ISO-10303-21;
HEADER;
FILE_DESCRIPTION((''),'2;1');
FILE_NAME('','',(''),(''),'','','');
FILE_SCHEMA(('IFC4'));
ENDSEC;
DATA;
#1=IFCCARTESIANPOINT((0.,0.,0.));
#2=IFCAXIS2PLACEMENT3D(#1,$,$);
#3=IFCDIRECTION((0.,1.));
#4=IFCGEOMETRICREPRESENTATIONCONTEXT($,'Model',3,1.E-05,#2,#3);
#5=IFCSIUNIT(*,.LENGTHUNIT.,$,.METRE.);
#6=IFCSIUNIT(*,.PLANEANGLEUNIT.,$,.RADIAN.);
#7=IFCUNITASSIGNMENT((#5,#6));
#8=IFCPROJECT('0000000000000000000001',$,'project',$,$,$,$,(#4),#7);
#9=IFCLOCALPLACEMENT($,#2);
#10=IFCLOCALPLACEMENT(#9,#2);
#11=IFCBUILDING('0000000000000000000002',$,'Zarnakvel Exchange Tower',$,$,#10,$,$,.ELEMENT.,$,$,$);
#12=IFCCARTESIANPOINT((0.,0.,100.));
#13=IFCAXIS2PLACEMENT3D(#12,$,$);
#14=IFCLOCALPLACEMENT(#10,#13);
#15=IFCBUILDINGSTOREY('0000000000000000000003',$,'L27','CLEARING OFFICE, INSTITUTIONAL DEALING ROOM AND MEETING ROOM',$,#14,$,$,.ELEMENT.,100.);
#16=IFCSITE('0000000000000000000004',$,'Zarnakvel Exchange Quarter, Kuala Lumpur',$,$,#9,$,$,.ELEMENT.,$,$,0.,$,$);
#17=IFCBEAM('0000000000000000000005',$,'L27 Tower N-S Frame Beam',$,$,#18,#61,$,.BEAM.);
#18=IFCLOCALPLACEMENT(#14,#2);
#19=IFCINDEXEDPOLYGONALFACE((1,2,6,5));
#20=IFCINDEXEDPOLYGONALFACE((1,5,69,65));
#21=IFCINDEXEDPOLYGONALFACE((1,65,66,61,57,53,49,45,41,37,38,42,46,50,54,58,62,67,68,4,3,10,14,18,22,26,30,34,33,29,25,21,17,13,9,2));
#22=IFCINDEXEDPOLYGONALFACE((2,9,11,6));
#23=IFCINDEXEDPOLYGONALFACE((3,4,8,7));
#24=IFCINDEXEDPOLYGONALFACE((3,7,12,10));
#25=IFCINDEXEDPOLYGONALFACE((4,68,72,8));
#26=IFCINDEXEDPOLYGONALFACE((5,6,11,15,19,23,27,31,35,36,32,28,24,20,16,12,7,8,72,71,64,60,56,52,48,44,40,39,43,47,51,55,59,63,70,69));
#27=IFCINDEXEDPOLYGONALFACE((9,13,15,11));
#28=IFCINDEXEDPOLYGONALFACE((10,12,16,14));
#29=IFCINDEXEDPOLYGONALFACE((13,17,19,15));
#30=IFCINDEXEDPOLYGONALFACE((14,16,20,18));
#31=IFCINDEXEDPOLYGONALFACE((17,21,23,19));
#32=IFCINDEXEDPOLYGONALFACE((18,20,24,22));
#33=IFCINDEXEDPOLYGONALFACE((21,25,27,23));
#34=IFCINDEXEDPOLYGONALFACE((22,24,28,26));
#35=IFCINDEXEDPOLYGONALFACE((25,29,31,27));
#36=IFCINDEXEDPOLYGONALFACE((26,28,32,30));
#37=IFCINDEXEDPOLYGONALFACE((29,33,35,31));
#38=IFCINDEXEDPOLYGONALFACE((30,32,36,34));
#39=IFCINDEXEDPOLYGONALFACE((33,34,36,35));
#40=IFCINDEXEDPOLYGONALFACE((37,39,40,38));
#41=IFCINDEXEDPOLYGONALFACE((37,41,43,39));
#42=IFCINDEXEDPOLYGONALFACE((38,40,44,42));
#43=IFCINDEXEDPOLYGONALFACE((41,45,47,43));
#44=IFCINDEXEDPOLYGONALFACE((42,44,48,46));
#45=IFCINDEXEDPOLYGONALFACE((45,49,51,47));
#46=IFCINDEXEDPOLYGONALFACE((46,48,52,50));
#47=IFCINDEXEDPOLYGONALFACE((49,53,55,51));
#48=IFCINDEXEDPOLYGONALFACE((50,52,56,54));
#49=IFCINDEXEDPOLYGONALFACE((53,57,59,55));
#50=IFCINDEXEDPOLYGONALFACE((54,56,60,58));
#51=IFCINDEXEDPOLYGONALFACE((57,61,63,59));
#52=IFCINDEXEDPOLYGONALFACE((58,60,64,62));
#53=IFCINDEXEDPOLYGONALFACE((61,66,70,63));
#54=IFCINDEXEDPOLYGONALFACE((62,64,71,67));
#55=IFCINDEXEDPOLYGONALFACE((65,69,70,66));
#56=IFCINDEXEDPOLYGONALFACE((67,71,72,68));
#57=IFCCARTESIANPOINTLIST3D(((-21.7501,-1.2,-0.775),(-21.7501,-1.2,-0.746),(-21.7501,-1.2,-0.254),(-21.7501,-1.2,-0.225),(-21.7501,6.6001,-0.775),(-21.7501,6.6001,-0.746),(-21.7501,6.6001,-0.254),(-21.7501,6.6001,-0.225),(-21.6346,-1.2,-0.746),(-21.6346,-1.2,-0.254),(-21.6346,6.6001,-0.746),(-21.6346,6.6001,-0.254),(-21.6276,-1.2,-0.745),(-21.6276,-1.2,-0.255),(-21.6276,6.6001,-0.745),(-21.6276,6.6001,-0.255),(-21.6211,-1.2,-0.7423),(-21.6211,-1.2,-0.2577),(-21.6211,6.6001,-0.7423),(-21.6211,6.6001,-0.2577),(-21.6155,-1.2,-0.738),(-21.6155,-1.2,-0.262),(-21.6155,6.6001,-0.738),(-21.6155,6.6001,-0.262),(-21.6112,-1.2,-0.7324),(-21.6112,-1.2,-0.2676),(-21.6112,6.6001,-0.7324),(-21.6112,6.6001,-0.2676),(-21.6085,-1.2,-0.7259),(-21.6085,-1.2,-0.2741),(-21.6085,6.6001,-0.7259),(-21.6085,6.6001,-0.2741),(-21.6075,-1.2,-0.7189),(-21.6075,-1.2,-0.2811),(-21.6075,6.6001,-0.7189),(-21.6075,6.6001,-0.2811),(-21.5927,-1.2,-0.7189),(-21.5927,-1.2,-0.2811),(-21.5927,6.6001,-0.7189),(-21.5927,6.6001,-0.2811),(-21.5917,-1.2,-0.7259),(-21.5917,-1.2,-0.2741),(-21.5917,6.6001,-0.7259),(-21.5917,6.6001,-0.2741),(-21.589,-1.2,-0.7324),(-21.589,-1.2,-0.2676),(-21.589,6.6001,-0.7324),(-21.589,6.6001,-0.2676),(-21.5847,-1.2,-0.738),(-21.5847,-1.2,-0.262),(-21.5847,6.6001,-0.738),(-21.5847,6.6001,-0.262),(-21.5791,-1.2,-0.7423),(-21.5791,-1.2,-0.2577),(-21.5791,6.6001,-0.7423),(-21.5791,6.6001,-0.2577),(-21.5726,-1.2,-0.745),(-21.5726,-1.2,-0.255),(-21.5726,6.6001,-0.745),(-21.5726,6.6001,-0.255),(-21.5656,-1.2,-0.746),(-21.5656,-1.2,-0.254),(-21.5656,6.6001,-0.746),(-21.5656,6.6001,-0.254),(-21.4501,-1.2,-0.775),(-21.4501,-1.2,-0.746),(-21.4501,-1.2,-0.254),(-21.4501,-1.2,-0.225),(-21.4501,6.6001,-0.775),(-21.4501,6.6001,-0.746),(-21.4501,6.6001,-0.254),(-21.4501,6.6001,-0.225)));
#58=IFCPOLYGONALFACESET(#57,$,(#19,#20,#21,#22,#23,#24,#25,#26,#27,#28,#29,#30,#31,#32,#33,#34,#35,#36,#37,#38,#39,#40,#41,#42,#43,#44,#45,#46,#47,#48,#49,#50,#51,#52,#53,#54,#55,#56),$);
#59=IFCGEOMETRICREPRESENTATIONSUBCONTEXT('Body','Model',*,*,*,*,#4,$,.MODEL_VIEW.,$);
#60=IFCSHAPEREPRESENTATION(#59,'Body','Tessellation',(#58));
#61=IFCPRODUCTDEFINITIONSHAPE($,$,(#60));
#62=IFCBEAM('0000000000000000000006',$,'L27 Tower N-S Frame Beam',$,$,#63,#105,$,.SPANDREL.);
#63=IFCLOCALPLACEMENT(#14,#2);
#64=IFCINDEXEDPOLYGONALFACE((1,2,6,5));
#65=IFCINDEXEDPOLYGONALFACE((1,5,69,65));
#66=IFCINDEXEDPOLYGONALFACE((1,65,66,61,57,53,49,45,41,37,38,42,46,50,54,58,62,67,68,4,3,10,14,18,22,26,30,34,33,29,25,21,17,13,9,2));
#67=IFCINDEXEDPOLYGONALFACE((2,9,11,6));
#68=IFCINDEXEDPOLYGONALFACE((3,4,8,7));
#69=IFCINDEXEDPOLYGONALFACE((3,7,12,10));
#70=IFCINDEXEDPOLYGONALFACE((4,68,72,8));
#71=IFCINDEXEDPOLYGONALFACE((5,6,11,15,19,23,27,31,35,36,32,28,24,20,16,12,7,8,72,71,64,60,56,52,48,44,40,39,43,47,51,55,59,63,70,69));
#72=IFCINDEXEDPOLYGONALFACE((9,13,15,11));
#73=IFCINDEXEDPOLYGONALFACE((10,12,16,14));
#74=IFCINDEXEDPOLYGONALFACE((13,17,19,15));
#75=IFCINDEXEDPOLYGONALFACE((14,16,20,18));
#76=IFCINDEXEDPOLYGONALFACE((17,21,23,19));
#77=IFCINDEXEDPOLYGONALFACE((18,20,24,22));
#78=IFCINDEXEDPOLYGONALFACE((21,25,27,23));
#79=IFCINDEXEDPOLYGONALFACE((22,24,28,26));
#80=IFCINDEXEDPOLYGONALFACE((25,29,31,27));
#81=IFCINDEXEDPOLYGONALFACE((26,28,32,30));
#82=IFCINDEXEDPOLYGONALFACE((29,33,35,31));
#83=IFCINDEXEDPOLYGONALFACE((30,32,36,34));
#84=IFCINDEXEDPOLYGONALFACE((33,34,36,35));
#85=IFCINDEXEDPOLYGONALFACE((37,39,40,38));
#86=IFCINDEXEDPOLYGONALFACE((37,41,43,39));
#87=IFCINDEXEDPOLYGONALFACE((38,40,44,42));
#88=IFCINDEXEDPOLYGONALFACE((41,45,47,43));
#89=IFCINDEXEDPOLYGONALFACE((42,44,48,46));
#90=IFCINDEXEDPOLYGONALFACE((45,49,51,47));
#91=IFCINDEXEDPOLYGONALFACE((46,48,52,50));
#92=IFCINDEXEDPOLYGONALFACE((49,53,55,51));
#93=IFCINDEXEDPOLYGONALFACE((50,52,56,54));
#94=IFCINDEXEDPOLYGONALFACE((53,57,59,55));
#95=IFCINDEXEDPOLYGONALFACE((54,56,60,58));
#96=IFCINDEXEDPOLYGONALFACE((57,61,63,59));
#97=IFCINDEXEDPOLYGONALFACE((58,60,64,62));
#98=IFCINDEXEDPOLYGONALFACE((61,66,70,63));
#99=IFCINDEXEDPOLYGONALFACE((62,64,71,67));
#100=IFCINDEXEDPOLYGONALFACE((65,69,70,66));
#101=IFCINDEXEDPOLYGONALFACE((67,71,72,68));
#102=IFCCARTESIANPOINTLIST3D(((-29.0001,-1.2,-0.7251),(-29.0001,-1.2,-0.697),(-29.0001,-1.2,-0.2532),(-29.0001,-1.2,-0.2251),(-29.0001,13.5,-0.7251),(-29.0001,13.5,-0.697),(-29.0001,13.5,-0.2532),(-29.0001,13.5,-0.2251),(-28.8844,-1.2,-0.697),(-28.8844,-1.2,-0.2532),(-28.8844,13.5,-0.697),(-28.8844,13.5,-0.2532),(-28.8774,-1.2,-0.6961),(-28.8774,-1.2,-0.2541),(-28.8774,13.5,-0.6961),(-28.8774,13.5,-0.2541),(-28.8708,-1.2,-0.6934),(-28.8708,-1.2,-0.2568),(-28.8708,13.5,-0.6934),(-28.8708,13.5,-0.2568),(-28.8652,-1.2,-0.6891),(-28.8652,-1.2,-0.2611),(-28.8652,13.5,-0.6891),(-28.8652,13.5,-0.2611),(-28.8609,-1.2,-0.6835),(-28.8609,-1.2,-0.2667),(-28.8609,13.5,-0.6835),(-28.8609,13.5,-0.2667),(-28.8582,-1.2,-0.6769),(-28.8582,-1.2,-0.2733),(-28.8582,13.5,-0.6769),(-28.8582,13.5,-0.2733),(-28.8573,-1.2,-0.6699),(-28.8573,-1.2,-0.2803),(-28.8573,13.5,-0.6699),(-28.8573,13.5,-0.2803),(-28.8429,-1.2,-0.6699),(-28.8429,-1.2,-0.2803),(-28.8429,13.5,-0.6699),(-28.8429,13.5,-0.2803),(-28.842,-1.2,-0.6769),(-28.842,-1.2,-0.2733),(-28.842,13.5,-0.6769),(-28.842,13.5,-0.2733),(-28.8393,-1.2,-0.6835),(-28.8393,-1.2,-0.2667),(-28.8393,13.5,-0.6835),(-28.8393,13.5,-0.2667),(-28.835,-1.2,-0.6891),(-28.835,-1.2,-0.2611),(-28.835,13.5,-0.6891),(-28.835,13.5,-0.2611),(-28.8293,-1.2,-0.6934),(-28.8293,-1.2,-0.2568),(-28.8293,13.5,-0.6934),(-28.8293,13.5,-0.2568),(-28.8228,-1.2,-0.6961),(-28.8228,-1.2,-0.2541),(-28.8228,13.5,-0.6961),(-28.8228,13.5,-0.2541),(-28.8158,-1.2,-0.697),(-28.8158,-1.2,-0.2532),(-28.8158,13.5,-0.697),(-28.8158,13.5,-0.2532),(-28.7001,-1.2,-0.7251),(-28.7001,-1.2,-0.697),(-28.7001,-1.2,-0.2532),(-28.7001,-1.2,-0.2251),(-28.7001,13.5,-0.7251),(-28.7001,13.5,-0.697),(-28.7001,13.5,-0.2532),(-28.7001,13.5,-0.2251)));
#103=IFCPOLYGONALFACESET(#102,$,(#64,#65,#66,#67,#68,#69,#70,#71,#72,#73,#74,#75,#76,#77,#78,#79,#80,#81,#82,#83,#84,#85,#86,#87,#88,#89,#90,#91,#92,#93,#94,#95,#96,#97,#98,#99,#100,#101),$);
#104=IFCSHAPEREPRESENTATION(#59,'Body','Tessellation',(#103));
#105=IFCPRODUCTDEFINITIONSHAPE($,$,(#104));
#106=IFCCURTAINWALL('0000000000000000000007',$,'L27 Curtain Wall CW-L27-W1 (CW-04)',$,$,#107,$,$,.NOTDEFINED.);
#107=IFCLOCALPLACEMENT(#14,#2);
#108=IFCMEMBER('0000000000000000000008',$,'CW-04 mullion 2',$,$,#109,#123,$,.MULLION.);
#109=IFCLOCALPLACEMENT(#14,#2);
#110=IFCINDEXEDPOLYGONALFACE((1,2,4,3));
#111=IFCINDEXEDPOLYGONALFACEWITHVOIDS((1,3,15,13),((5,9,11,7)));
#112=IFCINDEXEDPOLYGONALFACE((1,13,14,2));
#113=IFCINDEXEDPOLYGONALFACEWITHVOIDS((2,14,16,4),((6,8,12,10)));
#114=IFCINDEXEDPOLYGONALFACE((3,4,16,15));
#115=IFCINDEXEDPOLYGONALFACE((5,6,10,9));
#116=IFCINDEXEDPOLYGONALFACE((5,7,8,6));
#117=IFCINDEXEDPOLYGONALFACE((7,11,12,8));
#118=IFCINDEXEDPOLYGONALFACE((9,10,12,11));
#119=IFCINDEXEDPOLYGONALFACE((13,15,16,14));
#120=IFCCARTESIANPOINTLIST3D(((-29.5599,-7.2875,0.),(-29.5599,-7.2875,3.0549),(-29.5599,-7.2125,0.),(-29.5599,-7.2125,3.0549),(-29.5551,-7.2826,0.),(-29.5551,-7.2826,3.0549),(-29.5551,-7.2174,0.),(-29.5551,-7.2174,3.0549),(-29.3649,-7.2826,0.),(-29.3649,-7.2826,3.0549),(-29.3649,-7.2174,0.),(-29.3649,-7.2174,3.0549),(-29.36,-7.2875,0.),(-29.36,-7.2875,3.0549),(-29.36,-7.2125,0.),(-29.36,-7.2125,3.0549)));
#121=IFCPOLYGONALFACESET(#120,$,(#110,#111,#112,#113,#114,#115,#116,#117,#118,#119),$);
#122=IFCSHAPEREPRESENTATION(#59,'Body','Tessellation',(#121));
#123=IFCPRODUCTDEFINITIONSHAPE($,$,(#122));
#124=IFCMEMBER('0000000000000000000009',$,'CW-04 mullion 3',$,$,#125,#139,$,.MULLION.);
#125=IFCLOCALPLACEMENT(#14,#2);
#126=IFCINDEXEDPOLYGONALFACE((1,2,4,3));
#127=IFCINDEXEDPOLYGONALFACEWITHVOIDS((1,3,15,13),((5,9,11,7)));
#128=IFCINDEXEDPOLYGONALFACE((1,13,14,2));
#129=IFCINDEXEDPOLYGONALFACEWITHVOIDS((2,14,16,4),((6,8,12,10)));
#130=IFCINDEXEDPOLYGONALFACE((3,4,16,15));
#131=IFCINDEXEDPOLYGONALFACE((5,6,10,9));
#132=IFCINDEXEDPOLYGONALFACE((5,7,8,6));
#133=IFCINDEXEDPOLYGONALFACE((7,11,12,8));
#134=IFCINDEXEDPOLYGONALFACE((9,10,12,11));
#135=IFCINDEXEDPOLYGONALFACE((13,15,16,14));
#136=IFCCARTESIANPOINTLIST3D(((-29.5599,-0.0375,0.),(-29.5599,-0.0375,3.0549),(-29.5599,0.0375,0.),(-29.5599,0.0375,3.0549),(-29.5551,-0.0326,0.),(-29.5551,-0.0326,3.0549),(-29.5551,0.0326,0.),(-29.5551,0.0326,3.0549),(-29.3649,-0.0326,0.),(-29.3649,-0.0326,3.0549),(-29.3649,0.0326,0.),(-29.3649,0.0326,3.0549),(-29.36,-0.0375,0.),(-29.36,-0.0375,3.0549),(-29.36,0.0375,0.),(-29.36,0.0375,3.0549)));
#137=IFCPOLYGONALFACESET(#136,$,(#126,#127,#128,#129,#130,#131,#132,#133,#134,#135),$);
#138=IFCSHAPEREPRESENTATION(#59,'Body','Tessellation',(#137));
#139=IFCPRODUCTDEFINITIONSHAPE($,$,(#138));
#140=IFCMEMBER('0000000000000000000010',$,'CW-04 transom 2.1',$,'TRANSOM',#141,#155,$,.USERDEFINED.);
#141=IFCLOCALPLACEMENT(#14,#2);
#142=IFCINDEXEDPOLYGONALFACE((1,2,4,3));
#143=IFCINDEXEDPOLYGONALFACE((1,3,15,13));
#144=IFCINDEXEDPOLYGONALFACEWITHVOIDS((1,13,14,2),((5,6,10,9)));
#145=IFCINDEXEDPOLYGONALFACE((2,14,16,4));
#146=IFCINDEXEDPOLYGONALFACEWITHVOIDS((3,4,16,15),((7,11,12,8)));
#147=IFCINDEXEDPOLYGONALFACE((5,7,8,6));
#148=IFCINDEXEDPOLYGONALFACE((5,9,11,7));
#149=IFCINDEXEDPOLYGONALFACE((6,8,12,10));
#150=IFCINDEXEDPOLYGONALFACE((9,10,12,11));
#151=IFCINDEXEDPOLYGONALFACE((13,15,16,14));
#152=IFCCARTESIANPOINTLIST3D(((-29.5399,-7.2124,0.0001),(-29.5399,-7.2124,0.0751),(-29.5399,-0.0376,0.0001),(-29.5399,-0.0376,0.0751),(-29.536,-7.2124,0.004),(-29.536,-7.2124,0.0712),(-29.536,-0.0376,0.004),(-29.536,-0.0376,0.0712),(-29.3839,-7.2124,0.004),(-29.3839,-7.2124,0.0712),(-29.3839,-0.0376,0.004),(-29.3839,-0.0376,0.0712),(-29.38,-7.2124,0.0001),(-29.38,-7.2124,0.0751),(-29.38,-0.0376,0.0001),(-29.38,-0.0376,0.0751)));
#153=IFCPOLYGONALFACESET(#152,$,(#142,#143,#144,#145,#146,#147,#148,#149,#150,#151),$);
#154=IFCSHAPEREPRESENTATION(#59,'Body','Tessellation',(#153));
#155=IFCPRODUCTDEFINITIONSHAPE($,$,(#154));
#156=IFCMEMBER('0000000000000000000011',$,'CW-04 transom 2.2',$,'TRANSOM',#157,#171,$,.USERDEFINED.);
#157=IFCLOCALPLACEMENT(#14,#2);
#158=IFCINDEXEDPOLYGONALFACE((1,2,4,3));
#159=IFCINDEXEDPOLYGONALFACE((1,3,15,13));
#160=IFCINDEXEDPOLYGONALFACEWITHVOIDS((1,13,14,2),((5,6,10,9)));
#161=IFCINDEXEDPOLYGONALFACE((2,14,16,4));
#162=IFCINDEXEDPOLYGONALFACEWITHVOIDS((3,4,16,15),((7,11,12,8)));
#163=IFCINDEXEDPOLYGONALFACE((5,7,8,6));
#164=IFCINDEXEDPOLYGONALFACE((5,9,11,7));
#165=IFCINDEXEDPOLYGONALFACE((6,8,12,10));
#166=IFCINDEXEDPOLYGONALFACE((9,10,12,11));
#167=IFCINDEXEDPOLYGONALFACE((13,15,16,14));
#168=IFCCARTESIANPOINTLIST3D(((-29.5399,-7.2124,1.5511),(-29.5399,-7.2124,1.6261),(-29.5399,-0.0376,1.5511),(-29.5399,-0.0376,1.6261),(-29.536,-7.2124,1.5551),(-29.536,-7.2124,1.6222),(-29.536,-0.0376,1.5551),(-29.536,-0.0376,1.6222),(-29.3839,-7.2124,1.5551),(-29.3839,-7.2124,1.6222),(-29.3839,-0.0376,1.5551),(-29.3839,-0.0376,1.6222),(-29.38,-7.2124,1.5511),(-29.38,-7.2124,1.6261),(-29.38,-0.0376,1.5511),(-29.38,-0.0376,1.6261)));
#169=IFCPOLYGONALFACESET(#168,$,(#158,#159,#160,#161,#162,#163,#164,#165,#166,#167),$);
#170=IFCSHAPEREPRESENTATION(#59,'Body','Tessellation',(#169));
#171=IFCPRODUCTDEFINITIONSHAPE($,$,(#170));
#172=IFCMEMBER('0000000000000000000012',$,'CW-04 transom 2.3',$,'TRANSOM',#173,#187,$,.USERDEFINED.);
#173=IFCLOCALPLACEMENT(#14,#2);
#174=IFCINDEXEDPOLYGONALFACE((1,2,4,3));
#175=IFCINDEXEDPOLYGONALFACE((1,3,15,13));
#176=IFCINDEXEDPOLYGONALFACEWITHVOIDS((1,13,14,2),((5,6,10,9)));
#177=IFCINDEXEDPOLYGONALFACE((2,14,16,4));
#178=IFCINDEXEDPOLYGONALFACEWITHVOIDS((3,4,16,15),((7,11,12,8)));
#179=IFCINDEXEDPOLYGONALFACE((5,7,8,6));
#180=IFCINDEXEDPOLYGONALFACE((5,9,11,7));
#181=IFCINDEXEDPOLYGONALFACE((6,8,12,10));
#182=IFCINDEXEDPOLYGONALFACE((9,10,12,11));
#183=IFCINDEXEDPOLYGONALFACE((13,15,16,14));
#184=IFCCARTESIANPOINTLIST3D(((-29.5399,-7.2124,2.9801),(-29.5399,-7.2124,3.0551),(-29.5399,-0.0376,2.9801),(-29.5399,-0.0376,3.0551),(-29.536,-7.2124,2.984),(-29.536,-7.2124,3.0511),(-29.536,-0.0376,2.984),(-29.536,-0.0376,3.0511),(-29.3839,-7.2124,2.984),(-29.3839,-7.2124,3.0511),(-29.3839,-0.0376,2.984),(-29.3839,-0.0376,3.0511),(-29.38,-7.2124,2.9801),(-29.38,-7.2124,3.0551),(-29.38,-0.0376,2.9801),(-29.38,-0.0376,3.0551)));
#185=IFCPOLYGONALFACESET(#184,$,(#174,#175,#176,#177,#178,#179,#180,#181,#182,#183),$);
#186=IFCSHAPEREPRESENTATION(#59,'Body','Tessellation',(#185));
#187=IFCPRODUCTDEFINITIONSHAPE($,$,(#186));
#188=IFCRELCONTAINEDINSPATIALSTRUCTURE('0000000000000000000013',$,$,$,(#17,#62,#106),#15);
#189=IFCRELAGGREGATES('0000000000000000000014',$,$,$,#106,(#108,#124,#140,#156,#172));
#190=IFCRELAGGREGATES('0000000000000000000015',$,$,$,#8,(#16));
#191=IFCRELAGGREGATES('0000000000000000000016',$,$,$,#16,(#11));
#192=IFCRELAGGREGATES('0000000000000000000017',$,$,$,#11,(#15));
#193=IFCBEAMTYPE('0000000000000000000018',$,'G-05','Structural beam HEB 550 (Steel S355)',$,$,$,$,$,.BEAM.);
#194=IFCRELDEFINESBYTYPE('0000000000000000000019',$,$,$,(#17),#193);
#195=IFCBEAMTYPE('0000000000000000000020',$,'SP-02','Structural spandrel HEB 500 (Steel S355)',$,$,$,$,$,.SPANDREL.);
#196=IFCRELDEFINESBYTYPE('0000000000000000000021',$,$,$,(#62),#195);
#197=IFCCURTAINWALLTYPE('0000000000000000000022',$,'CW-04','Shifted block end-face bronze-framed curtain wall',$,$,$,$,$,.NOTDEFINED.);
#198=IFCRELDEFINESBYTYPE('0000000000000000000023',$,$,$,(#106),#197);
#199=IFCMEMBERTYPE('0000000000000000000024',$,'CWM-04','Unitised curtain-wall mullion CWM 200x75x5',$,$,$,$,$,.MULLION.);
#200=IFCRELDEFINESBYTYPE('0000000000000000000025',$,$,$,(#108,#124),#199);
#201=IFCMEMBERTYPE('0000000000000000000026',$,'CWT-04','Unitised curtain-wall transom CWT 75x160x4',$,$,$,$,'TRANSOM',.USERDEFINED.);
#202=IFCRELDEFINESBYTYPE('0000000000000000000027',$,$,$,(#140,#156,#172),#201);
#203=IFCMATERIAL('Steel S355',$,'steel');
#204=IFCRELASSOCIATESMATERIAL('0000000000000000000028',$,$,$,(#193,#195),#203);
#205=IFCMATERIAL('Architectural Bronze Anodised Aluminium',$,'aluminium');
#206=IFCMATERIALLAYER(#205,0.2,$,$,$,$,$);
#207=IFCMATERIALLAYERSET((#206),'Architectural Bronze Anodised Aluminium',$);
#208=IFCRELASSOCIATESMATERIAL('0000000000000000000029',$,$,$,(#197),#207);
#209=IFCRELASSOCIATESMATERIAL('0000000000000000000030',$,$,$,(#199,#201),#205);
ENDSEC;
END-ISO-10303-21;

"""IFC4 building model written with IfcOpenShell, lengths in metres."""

from ifc_helpers import new_model, si_unit, direction, frame, origin, origin_2d, place, context, subcontext, project, spatial, hollow_rectangle, i_section, extrude, source, transform, mapped, material, layer, layer_set, material_profile, profile_set, type_object, element, aggregate, save


model = new_model("IFC4")

# Units and contexts
model_context = context("Model", 3, precision=1e-05, world=origin(), true_north=direction((0.0, 1.0)))
body_context = subcontext(model_context, "Body", "Model", "MODEL_VIEW")
ifc_project = project(units=[si_unit("LENGTHUNIT", "METRE"), si_unit("PLANEANGLEUNIT", "RADIAN")], contexts=[model_context])

# Site, building, storey
site_placement = place(None, origin())
site = spatial("IfcSite", under=ifc_project, at=site_placement, Name="Zarnakvel Exchange Quarter, Kuala Lumpur", CompositionType="ELEMENT", RefElevation=0.0)
building_placement = place(site_placement, origin())
building = spatial("IfcBuilding", under=site, at=building_placement, Name="Zarnakvel Exchange Tower", CompositionType="ELEMENT")
storey_placement = place(building_placement, frame((0.0, 0.0, 100.0)))
storey = spatial("IfcBuildingStorey", under=building, at=storey_placement, Name="L27", Description="CLEARING OFFICE, INSTITUTIONAL DEALING ROOM AND MEETING ROOM", CompositionType="ELEMENT", Elevation=100.0)

# Shared definitions
ifc_material_1 = material(Name="Steel S355", Category="steel")

# Beams
ifc_material_profile_1 = material_profile(ifc_material_1, i_section(OverallWidth=0.3, OverallDepth=0.55, WebThickness=0.0149, FlangeThickness=0.0291, FilletRadius=0.0271, at=origin_2d()))
ifc_profile_set_1 = profile_set([ifc_material_profile_1], Name="Steel S355")
beam_type_1 = type_object("IfcBeamType", Name="G-05", Description="Structural beam HEB 550 (Steel S355)", PredefinedType="BEAM", material=ifc_profile_set_1)
beam_1_placement = place(storey_placement, frame((-21.6001, -1.2, -0.5), z_axis=(0.0, 1.0, 0.0), x_axis=(-1.0, 0.0, 0.0)))
element("IfcBeam", 1, at=beam_1_placement, inside=storey, type_object=beam_type_1, Name="L27 Tower N-S Frame Beam", PredefinedType="BEAM", context=body_context, shape_type="SweptSolid", body=[
    extrude(i_section(OverallWidth=0.3, OverallDepth=0.55, WebThickness=0.0149, FlangeThickness=0.0291, FilletRadius=0.0271, at=origin_2d()), origin(), (0.0, 0.0, 1.0), 7.8),
])
ifc_material_profile_2 = material_profile(ifc_material_1, i_section(OverallWidth=0.3, OverallDepth=0.5, WebThickness=0.0144, FlangeThickness=0.0281, FilletRadius=0.0271, at=origin_2d()))
ifc_profile_set_2 = profile_set([ifc_material_profile_2], Name="Steel S355")
beam_type_2 = type_object("IfcBeamType", Name="SP-02", Description="Structural spandrel HEB 500 (Steel S355)", PredefinedType="SPANDREL", material=ifc_profile_set_2)
beam_2_placement = place(storey_placement, frame((-28.8501, -1.2, -0.4751), z_axis=(0.0, 1.0, 0.0), x_axis=(-1.0, 0.0, 0.0)))
element("IfcBeam", 2, at=beam_2_placement, inside=storey, type_object=beam_type_2, Name="L27 Tower N-S Frame Beam", PredefinedType="SPANDREL", context=body_context, shape_type="SweptSolid", body=[
    extrude(i_section(OverallWidth=0.3, OverallDepth=0.5, WebThickness=0.0144, FlangeThickness=0.0281, FilletRadius=0.0271, at=origin_2d()), origin(), (0.0, 0.0, 1.0), 14.7),
])

# Curtain wall, members
ifc_material_2 = material(Name="Architectural Bronze Anodised Aluminium", Category="aluminium")
ifc_layer_1 = layer(ifc_material_2, 0.2)
ifc_layer_set_1 = layer_set([ifc_layer_1], Name="Architectural Bronze Anodised Aluminium")
curtain_wall_type = type_object("IfcCurtainWallType", Name="CW-04", Description="Shifted block end-face bronze-framed curtain wall", PredefinedType="NOTDEFINED", material=ifc_layer_set_1)
curtain_wall_placement = place(storey_placement, origin())
curtain_wall = element("IfcCurtainWall", 3, at=curtain_wall_placement, inside=storey, type_object=curtain_wall_type, Name="L27 Curtain Wall CW-L27-W1 (CW-04)", PredefinedType="NOTDEFINED")
ifc_material_profile_3 = material_profile(ifc_material_2, hollow_rectangle(XDim=0.2, YDim=0.075, WallThickness=0.0049, at=origin_2d()))
ifc_profile_set_3 = profile_set([ifc_material_profile_3], Name="Architectural Bronze Anodised Aluminium")
member_type_1 = type_object("IfcMemberType", Name="CWM-04", Description="Unitised curtain-wall mullion CWM 200x75x5", PredefinedType="MULLION", material=ifc_profile_set_3)
shared_shape_1 = source(origin(), body_context, "Body", "SweptSolid", [
    extrude(hollow_rectangle(XDim=0.2, YDim=0.075, WallThickness=0.0049, at=origin_2d()), origin(), (0.0, 0.0, 1.0), 3.0549),
])
member_1_placement = place(storey_placement, frame((-29.46, -7.25, 0.0), z_axis=(0.0, 0.0, 1.0), x_axis=(-1.0, 0.0, 0.0)))
member_1 = element("IfcMember", 4, at=member_1_placement, type_object=member_type_1, Name="CW-04 mullion 2", PredefinedType="MULLION", context=body_context, shape_type="MappedRepresentation", body=[
    mapped(shared_shape_1, transform((0.0, 0.0, 0.0), x_axis=(1.0, 0.0, 0.0), y_axis=(0.0, 1.0, 0.0), z_axis=(0.0, 0.0, 1.0), scale=1.0)),
])
member_2_placement = place(storey_placement, frame((-29.46, 0.0, 0.0), z_axis=(0.0, 0.0, 1.0), x_axis=(-1.0, 0.0, 0.0)))
member_2 = element("IfcMember", 5, at=member_2_placement, type_object=member_type_1, Name="CW-04 mullion 3", PredefinedType="MULLION", context=body_context, shape_type="MappedRepresentation", body=[
    mapped(shared_shape_1, transform((0.0, 0.0, 0.0), x_axis=(1.0, 0.0, 0.0), y_axis=(0.0, 1.0, 0.0), z_axis=(0.0, 0.0, 1.0), scale=1.0)),
])
ifc_material_profile_4 = material_profile(ifc_material_2, hollow_rectangle(XDim=0.1599, YDim=0.075, WallThickness=0.0039, at=origin_2d()))
ifc_profile_set_4 = profile_set([ifc_material_profile_4], Name="Architectural Bronze Anodised Aluminium")
member_type_2 = type_object("IfcMemberType", Name="CWT-04", Description="Unitised curtain-wall transom CWT 75x160x4", ElementType="TRANSOM", PredefinedType="USERDEFINED", material=ifc_profile_set_4)
shared_shape_2 = source(origin(), body_context, "Body", "SweptSolid", [
    extrude(hollow_rectangle(XDim=0.1599, YDim=0.075, WallThickness=0.0039, at=origin_2d()), origin(), (0.0, 0.0, 1.0), 7.1748),
])
member_3_placement = place(storey_placement, frame((-29.46, -7.2124, 0.0376), z_axis=(0.0, 1.0, 0.0), x_axis=(-1.0, 0.0, 0.0)))
member_3 = element("IfcMember", 6, at=member_3_placement, type_object=member_type_2, Name="CW-04 transom 2.1", ObjectType="TRANSOM", PredefinedType="USERDEFINED", context=body_context, shape_type="MappedRepresentation", body=[
    mapped(shared_shape_2, transform((0.0, 0.0, 0.0), x_axis=(1.0, 0.0, 0.0), y_axis=(0.0, 1.0, 0.0), z_axis=(0.0, 0.0, 1.0), scale=1.0)),
])
member_4_placement = place(storey_placement, frame((-29.46, -7.2124, 1.5886), z_axis=(0.0, 1.0, 0.0), x_axis=(-1.0, 0.0, 0.0)))
member_4 = element("IfcMember", 7, at=member_4_placement, type_object=member_type_2, Name="CW-04 transom 2.2", ObjectType="TRANSOM", PredefinedType="USERDEFINED", context=body_context, shape_type="MappedRepresentation", body=[
    mapped(shared_shape_2, transform((0.0, 0.0, 0.0), x_axis=(1.0, 0.0, 0.0), y_axis=(0.0, 1.0, 0.0), z_axis=(0.0, 0.0, 1.0), scale=1.0)),
])
member_5_placement = place(storey_placement, frame((-29.46, -7.2124, 3.0176), z_axis=(0.0, 1.0, 0.0), x_axis=(-1.0, 0.0, 0.0)))
member_5 = element("IfcMember", 8, at=member_5_placement, type_object=member_type_2, Name="CW-04 transom 2.3", ObjectType="TRANSOM", PredefinedType="USERDEFINED", context=body_context, shape_type="MappedRepresentation", body=[
    mapped(shared_shape_2, transform((0.0, 0.0, 0.0), x_axis=(1.0, 0.0, 0.0), y_axis=(0.0, 1.0, 0.0), z_axis=(0.0, 0.0, 1.0), scale=1.0)),
])
aggregate(curtain_wall, [member_1, member_2, member_3, member_4, member_5])

save(model, "model.ifc")
